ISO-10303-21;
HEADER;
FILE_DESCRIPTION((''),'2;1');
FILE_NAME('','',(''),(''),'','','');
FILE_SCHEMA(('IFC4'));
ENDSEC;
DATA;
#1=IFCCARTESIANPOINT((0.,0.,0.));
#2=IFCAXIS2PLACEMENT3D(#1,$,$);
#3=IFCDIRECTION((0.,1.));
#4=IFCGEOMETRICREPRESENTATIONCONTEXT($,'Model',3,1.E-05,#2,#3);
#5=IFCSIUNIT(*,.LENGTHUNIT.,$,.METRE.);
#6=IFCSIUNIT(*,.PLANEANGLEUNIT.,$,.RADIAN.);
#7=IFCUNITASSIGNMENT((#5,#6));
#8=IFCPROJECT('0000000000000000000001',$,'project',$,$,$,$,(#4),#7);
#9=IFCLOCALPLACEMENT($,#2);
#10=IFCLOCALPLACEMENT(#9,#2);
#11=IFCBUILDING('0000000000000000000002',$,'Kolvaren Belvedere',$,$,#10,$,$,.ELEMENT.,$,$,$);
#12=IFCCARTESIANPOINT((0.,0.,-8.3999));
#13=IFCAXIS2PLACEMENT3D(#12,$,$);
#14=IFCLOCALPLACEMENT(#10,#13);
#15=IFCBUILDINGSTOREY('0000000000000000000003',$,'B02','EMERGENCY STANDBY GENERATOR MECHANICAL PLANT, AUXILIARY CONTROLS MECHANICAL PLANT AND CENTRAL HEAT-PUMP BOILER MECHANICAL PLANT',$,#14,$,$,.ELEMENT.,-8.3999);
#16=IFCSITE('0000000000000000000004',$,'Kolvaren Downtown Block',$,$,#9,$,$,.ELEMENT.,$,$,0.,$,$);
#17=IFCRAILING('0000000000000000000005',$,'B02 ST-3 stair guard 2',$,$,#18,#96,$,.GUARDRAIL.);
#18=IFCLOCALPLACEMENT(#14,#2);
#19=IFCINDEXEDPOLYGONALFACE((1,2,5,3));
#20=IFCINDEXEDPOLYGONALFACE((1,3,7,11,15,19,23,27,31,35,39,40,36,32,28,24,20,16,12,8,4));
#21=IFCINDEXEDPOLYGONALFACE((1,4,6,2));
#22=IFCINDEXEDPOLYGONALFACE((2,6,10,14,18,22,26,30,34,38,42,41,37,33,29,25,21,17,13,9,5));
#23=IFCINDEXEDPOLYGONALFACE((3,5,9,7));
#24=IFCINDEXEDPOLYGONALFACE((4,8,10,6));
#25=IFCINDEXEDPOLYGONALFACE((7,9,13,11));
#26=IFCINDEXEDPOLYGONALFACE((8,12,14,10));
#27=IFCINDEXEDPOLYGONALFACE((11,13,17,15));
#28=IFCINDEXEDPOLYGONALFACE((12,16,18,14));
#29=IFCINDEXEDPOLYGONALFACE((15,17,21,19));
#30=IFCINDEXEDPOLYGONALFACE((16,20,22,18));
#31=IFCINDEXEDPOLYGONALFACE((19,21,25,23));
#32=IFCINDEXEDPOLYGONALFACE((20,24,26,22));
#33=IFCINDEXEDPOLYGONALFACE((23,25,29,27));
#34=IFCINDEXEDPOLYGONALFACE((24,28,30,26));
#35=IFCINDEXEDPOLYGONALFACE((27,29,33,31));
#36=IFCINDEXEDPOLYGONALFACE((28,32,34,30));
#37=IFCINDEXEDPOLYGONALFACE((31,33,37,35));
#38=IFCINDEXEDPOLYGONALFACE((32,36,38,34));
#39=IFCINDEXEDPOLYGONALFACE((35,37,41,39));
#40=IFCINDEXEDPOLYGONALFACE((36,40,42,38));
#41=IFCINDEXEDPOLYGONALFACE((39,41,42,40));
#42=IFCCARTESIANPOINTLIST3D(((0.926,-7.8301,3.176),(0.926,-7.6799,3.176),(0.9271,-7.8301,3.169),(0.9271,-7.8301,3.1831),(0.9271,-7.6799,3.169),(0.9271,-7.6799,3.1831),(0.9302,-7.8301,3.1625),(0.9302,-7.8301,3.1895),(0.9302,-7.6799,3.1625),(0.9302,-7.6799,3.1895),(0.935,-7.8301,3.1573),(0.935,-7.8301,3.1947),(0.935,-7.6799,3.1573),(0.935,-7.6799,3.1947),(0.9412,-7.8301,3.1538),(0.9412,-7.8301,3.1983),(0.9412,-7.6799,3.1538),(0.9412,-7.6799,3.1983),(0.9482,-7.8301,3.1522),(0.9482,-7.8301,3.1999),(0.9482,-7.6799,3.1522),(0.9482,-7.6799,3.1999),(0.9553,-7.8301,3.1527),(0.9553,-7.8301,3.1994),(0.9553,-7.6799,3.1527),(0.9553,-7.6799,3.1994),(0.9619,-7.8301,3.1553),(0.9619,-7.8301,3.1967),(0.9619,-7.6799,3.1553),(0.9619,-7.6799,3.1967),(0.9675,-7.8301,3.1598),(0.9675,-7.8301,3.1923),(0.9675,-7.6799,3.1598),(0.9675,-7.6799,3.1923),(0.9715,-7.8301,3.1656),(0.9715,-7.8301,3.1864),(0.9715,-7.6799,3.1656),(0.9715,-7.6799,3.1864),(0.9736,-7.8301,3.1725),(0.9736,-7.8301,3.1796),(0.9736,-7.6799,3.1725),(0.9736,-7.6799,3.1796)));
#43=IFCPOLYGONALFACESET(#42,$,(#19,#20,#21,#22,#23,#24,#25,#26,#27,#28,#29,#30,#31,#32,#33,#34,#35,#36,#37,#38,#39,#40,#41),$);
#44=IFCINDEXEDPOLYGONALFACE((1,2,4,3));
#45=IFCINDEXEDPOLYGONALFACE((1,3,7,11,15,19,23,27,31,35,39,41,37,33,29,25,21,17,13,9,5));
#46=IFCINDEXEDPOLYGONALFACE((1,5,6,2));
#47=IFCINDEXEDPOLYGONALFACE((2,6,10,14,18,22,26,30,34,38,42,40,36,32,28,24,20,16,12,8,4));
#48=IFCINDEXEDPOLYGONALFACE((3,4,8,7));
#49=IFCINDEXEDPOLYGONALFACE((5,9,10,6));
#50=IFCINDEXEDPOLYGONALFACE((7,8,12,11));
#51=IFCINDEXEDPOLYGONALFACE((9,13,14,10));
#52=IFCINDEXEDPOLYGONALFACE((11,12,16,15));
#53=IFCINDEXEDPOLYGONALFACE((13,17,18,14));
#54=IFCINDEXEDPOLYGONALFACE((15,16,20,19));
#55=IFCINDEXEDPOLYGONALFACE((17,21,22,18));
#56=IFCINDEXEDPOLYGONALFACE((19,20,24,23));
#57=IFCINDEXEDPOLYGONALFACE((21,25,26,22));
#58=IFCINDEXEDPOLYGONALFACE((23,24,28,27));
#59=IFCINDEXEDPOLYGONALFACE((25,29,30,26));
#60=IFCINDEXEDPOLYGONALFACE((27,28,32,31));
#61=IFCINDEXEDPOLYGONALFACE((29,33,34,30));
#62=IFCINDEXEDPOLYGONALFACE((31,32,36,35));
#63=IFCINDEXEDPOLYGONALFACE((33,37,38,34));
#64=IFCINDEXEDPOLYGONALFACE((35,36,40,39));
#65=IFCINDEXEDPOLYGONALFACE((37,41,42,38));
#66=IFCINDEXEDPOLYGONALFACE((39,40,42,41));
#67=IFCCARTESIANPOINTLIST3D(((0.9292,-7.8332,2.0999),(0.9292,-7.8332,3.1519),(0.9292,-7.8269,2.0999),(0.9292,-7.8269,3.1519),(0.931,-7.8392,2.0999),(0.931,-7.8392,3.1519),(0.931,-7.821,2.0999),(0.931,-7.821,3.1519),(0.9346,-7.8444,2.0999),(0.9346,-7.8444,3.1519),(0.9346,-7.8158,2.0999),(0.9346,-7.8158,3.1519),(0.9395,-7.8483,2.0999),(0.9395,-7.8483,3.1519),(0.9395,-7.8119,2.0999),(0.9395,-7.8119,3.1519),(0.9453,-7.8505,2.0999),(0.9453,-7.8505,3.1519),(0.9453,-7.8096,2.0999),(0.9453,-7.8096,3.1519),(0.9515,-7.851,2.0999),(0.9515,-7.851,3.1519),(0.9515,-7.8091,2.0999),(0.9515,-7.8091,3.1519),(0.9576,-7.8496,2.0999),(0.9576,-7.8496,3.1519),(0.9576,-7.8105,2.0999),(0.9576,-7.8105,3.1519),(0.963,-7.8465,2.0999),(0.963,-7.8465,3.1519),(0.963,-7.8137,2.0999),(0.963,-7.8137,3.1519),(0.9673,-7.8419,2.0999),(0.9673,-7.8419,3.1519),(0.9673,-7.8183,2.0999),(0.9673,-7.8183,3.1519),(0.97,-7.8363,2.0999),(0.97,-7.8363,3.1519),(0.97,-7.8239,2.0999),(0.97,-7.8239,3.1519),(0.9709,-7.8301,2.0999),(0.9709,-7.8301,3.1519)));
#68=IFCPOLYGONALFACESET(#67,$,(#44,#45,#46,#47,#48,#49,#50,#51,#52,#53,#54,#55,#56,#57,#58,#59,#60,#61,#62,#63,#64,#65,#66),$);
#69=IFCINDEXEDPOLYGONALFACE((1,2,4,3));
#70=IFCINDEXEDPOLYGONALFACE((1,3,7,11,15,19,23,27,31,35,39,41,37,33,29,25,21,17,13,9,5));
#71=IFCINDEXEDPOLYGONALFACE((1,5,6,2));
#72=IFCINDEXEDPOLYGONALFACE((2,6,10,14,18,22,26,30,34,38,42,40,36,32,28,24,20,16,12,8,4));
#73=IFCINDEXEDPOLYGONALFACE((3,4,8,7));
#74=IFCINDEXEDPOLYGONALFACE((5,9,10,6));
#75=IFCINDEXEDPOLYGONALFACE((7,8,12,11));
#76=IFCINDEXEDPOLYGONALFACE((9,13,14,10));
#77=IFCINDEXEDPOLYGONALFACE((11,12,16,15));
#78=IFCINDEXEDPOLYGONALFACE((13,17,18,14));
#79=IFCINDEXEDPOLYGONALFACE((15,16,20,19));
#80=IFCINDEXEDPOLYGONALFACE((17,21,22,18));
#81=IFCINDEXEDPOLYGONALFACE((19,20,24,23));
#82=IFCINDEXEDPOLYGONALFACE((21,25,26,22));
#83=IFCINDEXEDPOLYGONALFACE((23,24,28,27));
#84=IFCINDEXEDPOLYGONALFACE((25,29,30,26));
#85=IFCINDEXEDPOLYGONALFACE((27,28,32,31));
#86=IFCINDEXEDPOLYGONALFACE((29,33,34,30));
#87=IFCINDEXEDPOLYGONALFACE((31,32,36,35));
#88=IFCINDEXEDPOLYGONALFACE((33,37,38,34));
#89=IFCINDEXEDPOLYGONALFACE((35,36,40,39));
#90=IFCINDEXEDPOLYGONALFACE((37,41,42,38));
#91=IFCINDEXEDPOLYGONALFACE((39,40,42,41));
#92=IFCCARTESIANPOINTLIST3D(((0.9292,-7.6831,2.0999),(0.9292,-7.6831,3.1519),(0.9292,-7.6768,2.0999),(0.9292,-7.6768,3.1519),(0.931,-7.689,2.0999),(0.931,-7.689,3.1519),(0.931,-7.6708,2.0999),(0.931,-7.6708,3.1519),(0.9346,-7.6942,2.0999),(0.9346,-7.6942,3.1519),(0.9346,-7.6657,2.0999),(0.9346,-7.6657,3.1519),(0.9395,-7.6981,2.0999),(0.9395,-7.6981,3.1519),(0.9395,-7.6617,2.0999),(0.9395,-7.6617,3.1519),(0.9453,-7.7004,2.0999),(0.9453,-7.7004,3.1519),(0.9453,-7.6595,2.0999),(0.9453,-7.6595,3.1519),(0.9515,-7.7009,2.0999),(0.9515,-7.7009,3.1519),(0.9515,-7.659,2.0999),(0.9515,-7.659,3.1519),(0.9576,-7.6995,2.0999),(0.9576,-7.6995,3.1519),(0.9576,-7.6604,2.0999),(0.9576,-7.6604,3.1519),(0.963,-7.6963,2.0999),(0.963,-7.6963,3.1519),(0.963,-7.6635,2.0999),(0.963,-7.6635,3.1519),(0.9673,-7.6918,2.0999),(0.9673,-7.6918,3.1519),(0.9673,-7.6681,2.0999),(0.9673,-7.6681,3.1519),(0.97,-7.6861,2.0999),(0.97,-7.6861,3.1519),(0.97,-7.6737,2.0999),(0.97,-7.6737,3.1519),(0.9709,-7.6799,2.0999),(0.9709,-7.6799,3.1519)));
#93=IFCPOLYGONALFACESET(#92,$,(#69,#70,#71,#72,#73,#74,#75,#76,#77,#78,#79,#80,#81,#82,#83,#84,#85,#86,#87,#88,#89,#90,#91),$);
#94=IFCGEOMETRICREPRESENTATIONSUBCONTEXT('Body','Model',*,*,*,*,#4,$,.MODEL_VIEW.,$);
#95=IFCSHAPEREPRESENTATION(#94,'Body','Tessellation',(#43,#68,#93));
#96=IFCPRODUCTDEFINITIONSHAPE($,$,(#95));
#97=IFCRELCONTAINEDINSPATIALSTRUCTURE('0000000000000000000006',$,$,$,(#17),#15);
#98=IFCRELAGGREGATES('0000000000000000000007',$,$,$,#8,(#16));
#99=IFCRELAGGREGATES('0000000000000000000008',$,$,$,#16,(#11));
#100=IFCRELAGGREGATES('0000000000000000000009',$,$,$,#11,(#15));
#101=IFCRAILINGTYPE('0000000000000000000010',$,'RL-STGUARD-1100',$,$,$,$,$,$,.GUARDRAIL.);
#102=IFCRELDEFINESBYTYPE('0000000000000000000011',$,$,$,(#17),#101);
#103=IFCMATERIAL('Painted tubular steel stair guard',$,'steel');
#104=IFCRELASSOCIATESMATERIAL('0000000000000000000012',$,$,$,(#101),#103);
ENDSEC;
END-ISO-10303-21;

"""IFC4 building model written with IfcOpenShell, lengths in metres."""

from ifc_helpers import new_model, si_unit, direction, frame, origin, origin_2d, place, context, subcontext, project, spatial, circle, extrude, material, type_object, element, save


model = new_model("IFC4")

# Units and contexts
model_context = context("Model", 3, precision=1e-05, world=origin(), true_north=direction((0.0, 1.0)))
body_context = subcontext(model_context, "Body", "Model", "MODEL_VIEW")
ifc_project = project(units=[si_unit("LENGTHUNIT", "METRE"), si_unit("PLANEANGLEUNIT", "RADIAN")], contexts=[model_context])

# Site, building, storey
site_placement = place(None, origin())
site = spatial("IfcSite", under=ifc_project, at=site_placement, Name="Kolvaren Downtown Block", CompositionType="ELEMENT", RefElevation=0.0)
building_placement = place(site_placement, origin())
building = spatial("IfcBuilding", under=site, at=building_placement, Name="Kolvaren Belvedere", CompositionType="ELEMENT")
storey_placement = place(building_placement, frame((0.0, 0.0, -8.3999)))
storey = spatial("IfcBuildingStorey", under=building, at=storey_placement, Name="B02", Description="EMERGENCY STANDBY GENERATOR MECHANICAL PLANT, AUXILIARY CONTROLS MECHANICAL PLANT AND CENTRAL HEAT-PUMP BOILER MECHANICAL PLANT", CompositionType="ELEMENT", Elevation=-8.3999)

# Railing
ifc_material_1 = material(Name="Painted tubular steel stair guard", Category="steel")
railing_type_1 = type_object("IfcRailingType", Name="RL-STGUARD-1100", PredefinedType="GUARDRAIL", material=ifc_material_1)
railing_1_placement = place(storey_placement, frame((0.95, -7.8301, 2.0999)))
element("IfcRailing", 1, at=railing_1_placement, inside=storey, type_object=railing_type_1, Name="B02 ST-3 stair guard 2", PredefinedType="GUARDRAIL", context=body_context, shape_type="SweptSolid", body=[
    extrude(circle(Radius=0.0239, at=origin_2d()), frame((0.0, 0.0, 1.0762), z_axis=(0.0, 1.0, 0.0), x_axis=(-1.0, 0.0, 0.0)), (0.0, 0.0, 1.0), 0.1501),
    extrude(circle(Radius=0.021, at=origin_2d()), origin(), (0.0, 0.0, 1.0), 1.052),
    extrude(circle(Radius=0.021, at=origin_2d()), frame((0.0, 0.1501, 0.0)), (0.0, 0.0, 1.0), 1.052),
])

save(model, "model.ifc")
